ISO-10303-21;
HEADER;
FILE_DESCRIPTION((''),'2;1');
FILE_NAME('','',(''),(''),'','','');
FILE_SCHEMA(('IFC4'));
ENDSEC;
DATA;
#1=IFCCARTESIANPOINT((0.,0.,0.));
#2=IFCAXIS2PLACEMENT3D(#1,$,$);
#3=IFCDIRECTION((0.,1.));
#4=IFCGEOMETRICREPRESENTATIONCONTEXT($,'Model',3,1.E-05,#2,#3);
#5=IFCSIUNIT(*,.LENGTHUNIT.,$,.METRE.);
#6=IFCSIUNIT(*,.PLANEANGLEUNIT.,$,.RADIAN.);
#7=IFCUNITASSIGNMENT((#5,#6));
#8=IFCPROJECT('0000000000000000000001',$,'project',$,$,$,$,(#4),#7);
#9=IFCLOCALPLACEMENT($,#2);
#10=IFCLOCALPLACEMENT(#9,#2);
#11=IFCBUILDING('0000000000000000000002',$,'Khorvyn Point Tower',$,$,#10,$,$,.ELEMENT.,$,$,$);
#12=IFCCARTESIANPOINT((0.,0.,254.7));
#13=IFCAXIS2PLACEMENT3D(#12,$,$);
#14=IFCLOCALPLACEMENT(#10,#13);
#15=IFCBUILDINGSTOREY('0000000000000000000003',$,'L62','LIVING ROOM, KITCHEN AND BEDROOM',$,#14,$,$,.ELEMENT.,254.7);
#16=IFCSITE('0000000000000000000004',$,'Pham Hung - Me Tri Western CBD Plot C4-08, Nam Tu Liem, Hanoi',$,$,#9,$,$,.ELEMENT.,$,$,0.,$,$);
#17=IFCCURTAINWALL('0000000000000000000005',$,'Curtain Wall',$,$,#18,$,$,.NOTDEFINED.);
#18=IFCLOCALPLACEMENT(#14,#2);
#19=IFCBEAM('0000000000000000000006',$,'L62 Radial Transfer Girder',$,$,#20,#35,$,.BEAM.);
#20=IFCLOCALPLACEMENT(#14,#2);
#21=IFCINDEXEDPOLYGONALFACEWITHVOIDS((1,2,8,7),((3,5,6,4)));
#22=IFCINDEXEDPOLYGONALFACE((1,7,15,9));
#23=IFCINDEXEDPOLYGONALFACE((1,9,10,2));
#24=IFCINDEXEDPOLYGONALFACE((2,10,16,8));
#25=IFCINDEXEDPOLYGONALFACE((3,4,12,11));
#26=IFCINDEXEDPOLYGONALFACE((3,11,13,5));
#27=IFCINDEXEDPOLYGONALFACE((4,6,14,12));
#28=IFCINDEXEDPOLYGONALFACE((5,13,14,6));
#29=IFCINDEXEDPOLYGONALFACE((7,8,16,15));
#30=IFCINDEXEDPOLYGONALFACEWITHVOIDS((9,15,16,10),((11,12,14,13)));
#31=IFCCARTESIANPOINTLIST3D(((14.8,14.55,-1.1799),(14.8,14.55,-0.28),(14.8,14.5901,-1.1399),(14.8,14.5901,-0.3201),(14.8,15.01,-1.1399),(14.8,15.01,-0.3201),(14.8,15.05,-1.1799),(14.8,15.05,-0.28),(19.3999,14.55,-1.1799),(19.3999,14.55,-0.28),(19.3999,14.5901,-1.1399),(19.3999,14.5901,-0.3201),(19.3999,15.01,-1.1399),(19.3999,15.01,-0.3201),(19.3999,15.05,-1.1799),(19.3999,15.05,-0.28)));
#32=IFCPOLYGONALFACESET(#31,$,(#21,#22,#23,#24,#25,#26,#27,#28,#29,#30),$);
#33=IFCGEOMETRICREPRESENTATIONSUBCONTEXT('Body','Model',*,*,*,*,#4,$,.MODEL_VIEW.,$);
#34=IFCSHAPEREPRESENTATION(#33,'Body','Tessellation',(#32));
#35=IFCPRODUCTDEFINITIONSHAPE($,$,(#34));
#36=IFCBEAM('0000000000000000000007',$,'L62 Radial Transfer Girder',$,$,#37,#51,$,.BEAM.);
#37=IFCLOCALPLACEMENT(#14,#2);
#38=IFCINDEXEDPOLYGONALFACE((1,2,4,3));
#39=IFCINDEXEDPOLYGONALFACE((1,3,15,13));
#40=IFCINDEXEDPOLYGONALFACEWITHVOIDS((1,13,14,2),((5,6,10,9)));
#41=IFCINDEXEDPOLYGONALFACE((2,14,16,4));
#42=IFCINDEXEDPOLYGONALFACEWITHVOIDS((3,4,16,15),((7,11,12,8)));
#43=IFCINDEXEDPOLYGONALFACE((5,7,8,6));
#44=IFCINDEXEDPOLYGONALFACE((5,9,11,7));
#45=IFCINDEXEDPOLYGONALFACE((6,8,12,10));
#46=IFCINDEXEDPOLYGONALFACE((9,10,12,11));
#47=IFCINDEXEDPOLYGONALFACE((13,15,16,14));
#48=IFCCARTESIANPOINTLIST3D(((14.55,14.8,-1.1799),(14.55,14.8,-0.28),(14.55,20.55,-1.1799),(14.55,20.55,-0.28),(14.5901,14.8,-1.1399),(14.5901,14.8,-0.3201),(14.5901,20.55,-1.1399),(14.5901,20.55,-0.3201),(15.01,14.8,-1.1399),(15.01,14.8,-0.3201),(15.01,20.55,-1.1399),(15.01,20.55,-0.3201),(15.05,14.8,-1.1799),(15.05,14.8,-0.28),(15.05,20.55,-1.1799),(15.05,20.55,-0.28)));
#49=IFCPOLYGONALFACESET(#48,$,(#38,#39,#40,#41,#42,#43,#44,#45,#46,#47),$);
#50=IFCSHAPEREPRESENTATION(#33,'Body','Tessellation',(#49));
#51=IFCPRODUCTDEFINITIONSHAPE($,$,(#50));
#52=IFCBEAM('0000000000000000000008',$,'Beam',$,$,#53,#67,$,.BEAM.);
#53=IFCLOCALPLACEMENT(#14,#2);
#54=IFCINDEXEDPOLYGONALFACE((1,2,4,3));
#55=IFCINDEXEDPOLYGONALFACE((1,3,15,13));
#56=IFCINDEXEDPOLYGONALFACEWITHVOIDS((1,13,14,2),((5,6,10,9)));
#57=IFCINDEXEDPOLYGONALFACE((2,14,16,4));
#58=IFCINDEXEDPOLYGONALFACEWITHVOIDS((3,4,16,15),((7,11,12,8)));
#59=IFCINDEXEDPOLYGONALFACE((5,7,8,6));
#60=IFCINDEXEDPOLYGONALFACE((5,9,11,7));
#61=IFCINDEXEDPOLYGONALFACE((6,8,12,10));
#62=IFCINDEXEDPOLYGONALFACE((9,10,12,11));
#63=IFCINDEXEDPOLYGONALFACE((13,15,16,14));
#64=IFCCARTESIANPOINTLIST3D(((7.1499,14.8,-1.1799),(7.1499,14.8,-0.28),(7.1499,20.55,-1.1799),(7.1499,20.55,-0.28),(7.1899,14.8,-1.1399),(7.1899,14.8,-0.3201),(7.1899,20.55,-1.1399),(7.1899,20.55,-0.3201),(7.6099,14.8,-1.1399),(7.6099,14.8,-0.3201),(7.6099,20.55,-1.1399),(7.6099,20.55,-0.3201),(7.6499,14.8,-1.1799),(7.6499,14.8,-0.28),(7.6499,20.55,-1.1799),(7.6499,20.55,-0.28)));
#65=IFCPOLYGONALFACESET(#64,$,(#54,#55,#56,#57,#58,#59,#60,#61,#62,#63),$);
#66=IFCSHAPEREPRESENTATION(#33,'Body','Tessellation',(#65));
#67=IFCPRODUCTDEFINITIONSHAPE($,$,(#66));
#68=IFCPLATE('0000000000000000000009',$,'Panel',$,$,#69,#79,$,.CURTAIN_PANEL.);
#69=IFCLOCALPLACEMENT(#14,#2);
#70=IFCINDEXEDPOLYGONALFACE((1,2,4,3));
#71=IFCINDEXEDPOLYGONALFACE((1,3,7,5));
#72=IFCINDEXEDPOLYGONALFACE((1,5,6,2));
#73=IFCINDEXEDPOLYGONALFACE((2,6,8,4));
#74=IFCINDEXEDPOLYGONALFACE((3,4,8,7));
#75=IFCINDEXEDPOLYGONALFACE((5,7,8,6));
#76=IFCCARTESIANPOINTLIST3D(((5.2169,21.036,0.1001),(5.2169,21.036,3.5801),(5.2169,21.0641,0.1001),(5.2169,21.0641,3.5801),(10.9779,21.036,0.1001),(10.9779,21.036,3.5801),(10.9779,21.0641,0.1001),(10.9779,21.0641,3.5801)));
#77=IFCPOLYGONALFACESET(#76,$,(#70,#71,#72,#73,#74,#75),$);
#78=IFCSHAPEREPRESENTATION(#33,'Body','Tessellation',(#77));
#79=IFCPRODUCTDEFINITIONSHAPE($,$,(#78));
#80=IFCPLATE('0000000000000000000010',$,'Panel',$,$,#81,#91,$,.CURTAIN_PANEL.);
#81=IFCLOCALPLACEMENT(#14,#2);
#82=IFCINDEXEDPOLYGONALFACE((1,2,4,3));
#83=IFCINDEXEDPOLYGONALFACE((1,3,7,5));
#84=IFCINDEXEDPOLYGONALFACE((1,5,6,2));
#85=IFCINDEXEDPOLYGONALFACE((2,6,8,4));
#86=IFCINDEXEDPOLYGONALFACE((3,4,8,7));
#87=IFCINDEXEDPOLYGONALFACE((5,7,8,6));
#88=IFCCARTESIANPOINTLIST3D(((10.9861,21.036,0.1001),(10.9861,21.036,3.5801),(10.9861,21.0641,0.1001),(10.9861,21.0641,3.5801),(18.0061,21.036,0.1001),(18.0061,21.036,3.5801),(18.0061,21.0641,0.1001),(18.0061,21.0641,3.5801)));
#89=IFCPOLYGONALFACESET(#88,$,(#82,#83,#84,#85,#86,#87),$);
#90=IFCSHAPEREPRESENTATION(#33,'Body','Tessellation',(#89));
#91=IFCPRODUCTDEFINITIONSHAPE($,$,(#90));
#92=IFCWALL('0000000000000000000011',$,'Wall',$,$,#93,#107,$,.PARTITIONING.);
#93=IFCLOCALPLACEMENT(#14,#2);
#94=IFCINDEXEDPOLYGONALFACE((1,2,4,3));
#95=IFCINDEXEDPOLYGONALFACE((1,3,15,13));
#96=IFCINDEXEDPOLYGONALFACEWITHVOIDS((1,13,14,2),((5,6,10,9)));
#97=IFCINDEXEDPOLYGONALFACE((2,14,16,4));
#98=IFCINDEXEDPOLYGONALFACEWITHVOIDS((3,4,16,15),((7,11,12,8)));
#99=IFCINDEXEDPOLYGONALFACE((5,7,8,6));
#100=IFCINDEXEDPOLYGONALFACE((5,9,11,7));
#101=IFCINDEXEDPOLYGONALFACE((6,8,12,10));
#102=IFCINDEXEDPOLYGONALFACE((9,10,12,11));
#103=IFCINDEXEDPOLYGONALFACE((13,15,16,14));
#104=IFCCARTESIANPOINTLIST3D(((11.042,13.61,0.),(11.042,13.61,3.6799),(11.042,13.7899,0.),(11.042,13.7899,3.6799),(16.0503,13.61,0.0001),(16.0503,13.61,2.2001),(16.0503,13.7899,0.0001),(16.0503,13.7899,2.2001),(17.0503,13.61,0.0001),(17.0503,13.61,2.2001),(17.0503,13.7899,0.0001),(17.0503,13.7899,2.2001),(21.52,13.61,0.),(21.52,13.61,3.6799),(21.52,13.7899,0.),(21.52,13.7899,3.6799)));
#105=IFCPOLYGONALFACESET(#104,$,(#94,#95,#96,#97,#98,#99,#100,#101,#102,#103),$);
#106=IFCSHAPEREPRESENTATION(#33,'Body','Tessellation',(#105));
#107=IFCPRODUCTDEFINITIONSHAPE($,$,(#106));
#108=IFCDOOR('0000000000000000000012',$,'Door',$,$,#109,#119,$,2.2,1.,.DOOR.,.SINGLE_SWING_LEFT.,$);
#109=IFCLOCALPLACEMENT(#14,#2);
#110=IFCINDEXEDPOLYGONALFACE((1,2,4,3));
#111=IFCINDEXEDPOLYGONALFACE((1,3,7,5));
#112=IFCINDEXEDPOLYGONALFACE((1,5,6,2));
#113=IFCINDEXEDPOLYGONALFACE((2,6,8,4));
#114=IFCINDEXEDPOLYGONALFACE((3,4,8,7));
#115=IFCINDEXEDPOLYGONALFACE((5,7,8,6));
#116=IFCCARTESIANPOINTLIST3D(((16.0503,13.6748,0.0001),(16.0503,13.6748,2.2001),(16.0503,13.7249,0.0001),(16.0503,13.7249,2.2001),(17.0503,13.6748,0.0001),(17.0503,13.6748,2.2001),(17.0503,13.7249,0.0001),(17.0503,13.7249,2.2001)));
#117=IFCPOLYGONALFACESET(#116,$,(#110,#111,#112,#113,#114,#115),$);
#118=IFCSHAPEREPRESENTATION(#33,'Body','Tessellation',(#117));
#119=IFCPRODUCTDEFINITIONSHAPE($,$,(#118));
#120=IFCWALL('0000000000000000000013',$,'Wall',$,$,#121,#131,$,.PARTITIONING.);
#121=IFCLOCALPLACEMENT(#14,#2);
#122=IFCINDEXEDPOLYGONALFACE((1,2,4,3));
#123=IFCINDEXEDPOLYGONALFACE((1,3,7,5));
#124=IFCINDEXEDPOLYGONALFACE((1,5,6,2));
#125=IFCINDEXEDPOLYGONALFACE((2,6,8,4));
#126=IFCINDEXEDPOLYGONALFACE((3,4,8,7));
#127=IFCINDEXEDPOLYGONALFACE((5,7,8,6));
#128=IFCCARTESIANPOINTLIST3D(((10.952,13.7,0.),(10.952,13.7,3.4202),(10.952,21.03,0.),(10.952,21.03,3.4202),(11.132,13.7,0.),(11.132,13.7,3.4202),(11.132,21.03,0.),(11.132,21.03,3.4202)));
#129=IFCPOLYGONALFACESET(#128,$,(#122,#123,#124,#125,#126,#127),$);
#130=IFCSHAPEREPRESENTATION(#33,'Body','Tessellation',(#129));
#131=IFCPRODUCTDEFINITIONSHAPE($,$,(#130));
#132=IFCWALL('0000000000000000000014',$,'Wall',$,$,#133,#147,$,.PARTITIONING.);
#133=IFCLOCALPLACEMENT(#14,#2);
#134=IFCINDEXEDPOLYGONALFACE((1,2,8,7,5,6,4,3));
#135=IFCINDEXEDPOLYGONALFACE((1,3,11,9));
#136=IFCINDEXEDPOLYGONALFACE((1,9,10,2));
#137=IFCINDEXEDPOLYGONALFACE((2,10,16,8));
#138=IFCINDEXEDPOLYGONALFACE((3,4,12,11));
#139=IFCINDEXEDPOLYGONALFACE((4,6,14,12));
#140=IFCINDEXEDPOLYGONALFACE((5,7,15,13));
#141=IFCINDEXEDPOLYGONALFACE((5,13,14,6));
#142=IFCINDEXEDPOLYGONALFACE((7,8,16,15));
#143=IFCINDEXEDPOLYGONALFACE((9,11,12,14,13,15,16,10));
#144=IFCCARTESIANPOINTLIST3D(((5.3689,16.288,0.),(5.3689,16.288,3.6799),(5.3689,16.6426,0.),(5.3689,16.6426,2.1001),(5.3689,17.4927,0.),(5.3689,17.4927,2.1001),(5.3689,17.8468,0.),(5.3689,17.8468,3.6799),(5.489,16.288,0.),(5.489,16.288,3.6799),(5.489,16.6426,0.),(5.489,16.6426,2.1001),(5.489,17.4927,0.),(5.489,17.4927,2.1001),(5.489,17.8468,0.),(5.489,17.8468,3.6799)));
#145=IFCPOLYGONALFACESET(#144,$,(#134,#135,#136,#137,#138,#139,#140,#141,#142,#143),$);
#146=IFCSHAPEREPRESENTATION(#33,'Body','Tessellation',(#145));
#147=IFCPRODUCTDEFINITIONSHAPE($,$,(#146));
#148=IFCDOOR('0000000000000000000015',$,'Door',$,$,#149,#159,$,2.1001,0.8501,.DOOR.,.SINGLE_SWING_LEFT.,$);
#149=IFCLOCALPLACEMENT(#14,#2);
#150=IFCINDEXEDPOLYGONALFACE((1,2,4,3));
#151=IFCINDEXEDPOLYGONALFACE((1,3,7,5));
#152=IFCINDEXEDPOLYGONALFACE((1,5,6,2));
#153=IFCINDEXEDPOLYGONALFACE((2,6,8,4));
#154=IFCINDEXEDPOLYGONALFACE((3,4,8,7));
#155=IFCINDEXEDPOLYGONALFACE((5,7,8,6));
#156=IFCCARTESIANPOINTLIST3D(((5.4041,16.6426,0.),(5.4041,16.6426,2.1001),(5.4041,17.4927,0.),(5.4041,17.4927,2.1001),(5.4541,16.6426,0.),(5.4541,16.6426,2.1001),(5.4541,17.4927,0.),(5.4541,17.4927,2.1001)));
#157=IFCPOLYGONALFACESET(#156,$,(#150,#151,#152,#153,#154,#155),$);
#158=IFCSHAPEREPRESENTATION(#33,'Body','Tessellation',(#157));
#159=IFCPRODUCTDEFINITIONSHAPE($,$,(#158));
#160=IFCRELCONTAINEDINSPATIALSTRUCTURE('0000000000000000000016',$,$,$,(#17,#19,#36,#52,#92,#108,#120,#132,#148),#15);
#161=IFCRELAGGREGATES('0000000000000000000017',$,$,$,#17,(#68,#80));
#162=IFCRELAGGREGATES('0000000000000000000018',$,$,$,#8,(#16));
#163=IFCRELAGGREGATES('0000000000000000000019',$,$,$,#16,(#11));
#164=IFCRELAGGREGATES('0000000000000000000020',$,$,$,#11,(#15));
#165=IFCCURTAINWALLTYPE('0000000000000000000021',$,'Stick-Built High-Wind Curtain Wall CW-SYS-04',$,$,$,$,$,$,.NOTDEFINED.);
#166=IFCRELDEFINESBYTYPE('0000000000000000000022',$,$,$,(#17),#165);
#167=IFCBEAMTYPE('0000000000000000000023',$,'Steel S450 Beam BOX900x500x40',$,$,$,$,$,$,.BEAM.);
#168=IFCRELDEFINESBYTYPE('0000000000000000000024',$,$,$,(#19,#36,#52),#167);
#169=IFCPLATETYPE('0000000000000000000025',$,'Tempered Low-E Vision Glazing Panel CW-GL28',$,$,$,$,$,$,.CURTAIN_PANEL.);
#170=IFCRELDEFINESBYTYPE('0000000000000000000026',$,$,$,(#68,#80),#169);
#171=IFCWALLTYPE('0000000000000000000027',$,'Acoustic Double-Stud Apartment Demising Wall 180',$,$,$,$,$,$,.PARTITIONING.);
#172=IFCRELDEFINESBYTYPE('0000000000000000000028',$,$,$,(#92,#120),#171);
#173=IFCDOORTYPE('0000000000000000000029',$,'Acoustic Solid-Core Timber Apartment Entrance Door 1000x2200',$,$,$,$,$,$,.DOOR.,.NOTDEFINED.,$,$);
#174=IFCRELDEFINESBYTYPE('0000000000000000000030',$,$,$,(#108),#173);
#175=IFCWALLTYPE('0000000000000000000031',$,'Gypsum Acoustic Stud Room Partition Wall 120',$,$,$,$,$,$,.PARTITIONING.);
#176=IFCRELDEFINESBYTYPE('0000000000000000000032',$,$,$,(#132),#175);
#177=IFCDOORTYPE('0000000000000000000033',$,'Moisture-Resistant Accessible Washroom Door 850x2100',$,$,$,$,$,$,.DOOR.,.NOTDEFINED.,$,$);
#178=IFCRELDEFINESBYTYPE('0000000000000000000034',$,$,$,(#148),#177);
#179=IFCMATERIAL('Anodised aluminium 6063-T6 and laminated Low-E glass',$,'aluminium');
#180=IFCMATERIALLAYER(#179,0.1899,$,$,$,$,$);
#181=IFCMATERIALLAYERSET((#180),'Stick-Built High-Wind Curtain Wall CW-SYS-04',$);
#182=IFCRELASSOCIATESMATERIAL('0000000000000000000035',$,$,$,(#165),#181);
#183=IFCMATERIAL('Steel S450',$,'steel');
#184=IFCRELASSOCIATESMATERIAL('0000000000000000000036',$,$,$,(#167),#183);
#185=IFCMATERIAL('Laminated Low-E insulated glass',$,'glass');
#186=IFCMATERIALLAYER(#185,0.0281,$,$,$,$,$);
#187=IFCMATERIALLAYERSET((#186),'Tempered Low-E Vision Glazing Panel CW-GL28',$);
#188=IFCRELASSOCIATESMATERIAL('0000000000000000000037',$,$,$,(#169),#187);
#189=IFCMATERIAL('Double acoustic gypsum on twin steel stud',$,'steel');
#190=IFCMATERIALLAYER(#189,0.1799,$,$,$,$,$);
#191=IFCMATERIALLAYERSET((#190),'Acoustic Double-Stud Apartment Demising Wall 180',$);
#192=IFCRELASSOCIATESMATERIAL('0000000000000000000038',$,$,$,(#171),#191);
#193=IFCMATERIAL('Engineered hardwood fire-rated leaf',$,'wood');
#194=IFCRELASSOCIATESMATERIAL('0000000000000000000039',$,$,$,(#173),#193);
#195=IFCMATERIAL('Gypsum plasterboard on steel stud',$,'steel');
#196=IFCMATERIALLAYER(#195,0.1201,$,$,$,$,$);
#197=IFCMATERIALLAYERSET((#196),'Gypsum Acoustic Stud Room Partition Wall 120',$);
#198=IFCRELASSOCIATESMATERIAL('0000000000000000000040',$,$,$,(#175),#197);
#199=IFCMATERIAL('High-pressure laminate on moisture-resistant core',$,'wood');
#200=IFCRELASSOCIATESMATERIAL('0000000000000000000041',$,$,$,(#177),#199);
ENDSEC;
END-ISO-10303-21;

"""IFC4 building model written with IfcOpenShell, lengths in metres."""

from ifc_helpers import new_model, si_unit, direction, frame, frame_2d, origin, origin_2d, place, context, subcontext, project, spatial, rectangle, hollow_rectangle, extrude, material, layer, layer_set, material_profile, profile_set, type_object, element, fill, aggregate, save


model = new_model("IFC4")

# Units and contexts
model_context = context("Model", 3, precision=1e-05, world=origin(), true_north=direction((0.0, 1.0)))
body_context = subcontext(model_context, "Body", "Model", "MODEL_VIEW")
ifc_project = project(units=[si_unit("LENGTHUNIT", "METRE"), si_unit("PLANEANGLEUNIT", "RADIAN")], contexts=[model_context])

# Site, building, storey
site_placement = place(None, origin())
site = spatial("IfcSite", under=ifc_project, at=site_placement, Name="Pham Hung - Me Tri Western CBD Plot C4-08, Nam Tu Liem, Hanoi", CompositionType="ELEMENT", RefElevation=0.0)
building_placement = place(site_placement, origin())
building = spatial("IfcBuilding", under=site, at=building_placement, Name="Khorvyn Point Tower", CompositionType="ELEMENT")
storey_placement = place(building_placement, frame((0.0, 0.0, 254.7)))
storey = spatial("IfcBuildingStorey", under=building, at=storey_placement, Name="L62", Description="LIVING ROOM, KITCHEN AND BEDROOM", CompositionType="ELEMENT", Elevation=254.7)

# Curtain wall
ifc_material_1 = material(Name="Anodised aluminium 6063-T6 and laminated Low-E glass", Category="aluminium")
ifc_layer_1 = layer(ifc_material_1, 0.1899)
ifc_layer_set_1 = layer_set([ifc_layer_1], Name="Stick-Built High-Wind Curtain Wall CW-SYS-04")
curtain_wall_type = type_object("IfcCurtainWallType", Name="Stick-Built High-Wind Curtain Wall CW-SYS-04", PredefinedType="NOTDEFINED", material=ifc_layer_set_1)
curtain_wall_placement = place(storey_placement, origin())
curtain_wall = element("IfcCurtainWall", 1, at=curtain_wall_placement, inside=storey, type_object=curtain_wall_type, Name="Curtain Wall", PredefinedType="NOTDEFINED")

# Beams
ifc_material_2 = material(Name="Steel S450", Category="steel")
ifc_material_profile_1 = material_profile(ifc_material_2, hollow_rectangle(XDim=0.5, YDim=0.8999, WallThickness=0.04, at=origin_2d()))
ifc_profile_set_1 = profile_set([ifc_material_profile_1], Name="Steel S450 BOX900x500x40")
beam_type_1 = type_object("IfcBeamType", Name="Steel S450 Beam BOX900x500x40", PredefinedType="BEAM", material=ifc_profile_set_1)
beam_1_placement = place(storey_placement, frame((14.8, 14.8, -0.73), z_axis=(1.0, 0.0, 0.0), x_axis=(0.0, 1.0, 0.0)))
element("IfcBeam", 2, at=beam_1_placement, inside=storey, type_object=beam_type_1, Name="L62 Radial Transfer Girder", PredefinedType="BEAM", context=body_context, shape_type="SweptSolid", body=[
    extrude(hollow_rectangle(XDim=0.5, YDim=0.8999, WallThickness=0.04, at=origin_2d()), origin(), (0.0, 0.0, 1.0), 4.5999),
])
for number, where, z_axis, x_axis, name in (
    (3, (14.8, 14.8, -0.73), (0.0, 1.0, 0.0), (-1.0, 0.0, 0.0), "L62 Radial Transfer Girder"),
    (4, (7.3999, 14.8, -0.73), (0.0, 1.0, 0.0), (-1.0, 0.0, 0.0), "Beam"),
):
    element("IfcBeam", number, at=place(storey_placement, frame(where, z_axis=z_axis, x_axis=x_axis)), inside=storey, type_object=beam_type_1, Name=name, PredefinedType="BEAM", context=body_context, shape_type="SweptSolid", body=[
        extrude(hollow_rectangle(XDim=0.5, YDim=0.8999, WallThickness=0.04, at=origin_2d()), origin(), (0.0, 0.0, 1.0), 5.75),
    ])

# Plates
ifc_material_3 = material(Name="Laminated Low-E insulated glass", Category="glass")
ifc_layer_2 = layer(ifc_material_3, 0.0281)
ifc_layer_set_2 = layer_set([ifc_layer_2], Name="Tempered Low-E Vision Glazing Panel CW-GL28")
plate_type = type_object("IfcPlateType", Name="Tempered Low-E Vision Glazing Panel CW-GL28", PredefinedType="CURTAIN_PANEL", material=ifc_layer_set_2)
plate_1_placement = place(storey_placement, frame((8.0974, 21.05, 0.1001), z_axis=(0.0, 0.0, 1.0), x_axis=(1.0, 0.0, 0.0)))
plate_1 = element("IfcPlate", 5, at=plate_1_placement, type_object=plate_type, Name="Panel", PredefinedType="CURTAIN_PANEL", context=body_context, shape_type="SweptSolid", body=[
    extrude(rectangle(XDim=5.761, YDim=0.0281, at=origin_2d()), origin(), (0.0, 0.0, 1.0), 3.48),
])
plate_2_placement = place(storey_placement, frame((14.4961, 21.05, 0.1001), z_axis=(0.0, 0.0, 1.0), x_axis=(1.0, 0.0, 0.0)))
plate_2 = element("IfcPlate", 6, at=plate_2_placement, type_object=plate_type, Name="Panel", PredefinedType="CURTAIN_PANEL", context=body_context, shape_type="SweptSolid", body=[
    extrude(rectangle(XDim=7.02, YDim=0.0281, at=origin_2d()), origin(), (0.0, 0.0, 1.0), 3.48),
])
aggregate(curtain_wall, [plate_1, plate_2])

# Wall, opening, door
ifc_material_4 = material(Name="Double acoustic gypsum on twin steel stud", Category="steel")
ifc_layer_3 = layer(ifc_material_4, 0.1799)
ifc_layer_set_3 = layer_set([ifc_layer_3], Name="Acoustic Double-Stud Apartment Demising Wall 180")
wall_type_1 = type_object("IfcWallType", Name="Acoustic Double-Stud Apartment Demising Wall 180", PredefinedType="PARTITIONING", material=ifc_layer_set_3)
wall_1_placement = place(storey_placement, frame((11.042, 13.7, 0.0), z_axis=(0.0, 0.0, 1.0), x_axis=(1.0, 0.0, 0.0)))
wall_1 = element("IfcWall", 7, at=wall_1_placement, inside=storey, type_object=wall_type_1, Name="Wall", PredefinedType="PARTITIONING", context=body_context, shape_type="SweptSolid", body=[
    extrude(rectangle(XDim=10.478, YDim=0.1799, at=frame_2d((5.239, 0.0))), origin(), (0.0, 0.0, 1.0), 3.6799),
])
opening_1_placement = place(wall_1_placement, frame((5.0083, 0.0, 0.0)))
opening_1 = element("IfcOpeningElement", 8, at=opening_1_placement, cuts=wall_1, PredefinedType="OPENING", context=body_context, shape_type="SweptSolid", body=[
    extrude(rectangle(XDim=1.0, YDim=2.2, at=frame_2d((0.5, 1.1001))), frame((0.0, 0.0999, 0.0), z_axis=(0.0, -1.0, 0.0), x_axis=(1.0, 0.0, 0.0)), (0.0, 0.0, 1.0), 0.2),
])
ifc_material_5 = material(Name="Engineered hardwood fire-rated leaf", Category="wood")
door_type_1 = type_object("IfcDoorType", Name="Acoustic Solid-Core Timber Apartment Entrance Door 1000x2200", OperationType="NOTDEFINED", PredefinedType="DOOR", material=ifc_material_5)
door_1_placement = place(opening_1_placement, origin())
door_1 = element("IfcDoor", 9, at=door_1_placement, inside=storey, type_object=door_type_1, Name="Door", OperationType="SINGLE_SWING_LEFT", OverallHeight=2.2, OverallWidth=1.0, PredefinedType="DOOR", context=body_context, shape_type="SweptSolid", body=[
    extrude(rectangle(XDim=1.0, YDim=2.2, at=frame_2d((0.5, 1.1001))), frame((0.0, 0.0249, 0.0), z_axis=(0.0, -1.0, 0.0), x_axis=(1.0, 0.0, 0.0)), (0.0, 0.0, 1.0), 0.05),
])
fill(opening_1, door_1)

# Wall
wall_2_placement = place(storey_placement, frame((11.042, 13.7, 0.0), z_axis=(0.0, 0.0, 1.0), x_axis=(0.0, 1.0, 0.0)))
element("IfcWall", 10, at=wall_2_placement, inside=storey, type_object=wall_type_1, Name="Wall", PredefinedType="PARTITIONING", context=body_context, shape_type="SweptSolid", body=[
    extrude(rectangle(XDim=7.3301, YDim=0.1799, at=frame_2d((3.665, 0.0))), origin(), (0.0, 0.0, 1.0), 3.4202),
])

# Wall, opening, door
ifc_material_6 = material(Name="Gypsum plasterboard on steel stud", Category="steel")
ifc_layer_4 = layer(ifc_material_6, 0.1201)
ifc_layer_set_4 = layer_set([ifc_layer_4], Name="Gypsum Acoustic Stud Room Partition Wall 120")
wall_type_2 = type_object("IfcWallType", Name="Gypsum Acoustic Stud Room Partition Wall 120", PredefinedType="PARTITIONING", material=ifc_layer_set_4)
wall_3_placement = place(storey_placement, frame((5.429, 16.2881, 0.0), z_axis=(0.0, 0.0, 1.0), x_axis=(0.0, 1.0, 0.0)))
wall_3 = element("IfcWall", 11, at=wall_3_placement, inside=storey, type_object=wall_type_2, Name="Wall", PredefinedType="PARTITIONING", context=body_context, shape_type="SweptSolid", body=[
    extrude(rectangle(XDim=1.5588, YDim=0.1201, at=frame_2d((0.7793, 0.0))), origin(), (0.0, 0.0, 1.0), 3.6799),
])
opening_2_placement = place(wall_3_placement, frame((0.3545, 0.0, 0.0)))
opening_2 = element("IfcOpeningElement", 12, at=opening_2_placement, cuts=wall_3, PredefinedType="OPENING", context=body_context, shape_type="SweptSolid", body=[
    extrude(rectangle(XDim=0.8501, YDim=2.1001, at=frame_2d((0.425, 1.05))), frame((0.0, 0.0701, 0.0), z_axis=(0.0, -1.0, 0.0), x_axis=(1.0, 0.0, 0.0)), (0.0, 0.0, 1.0), 0.1401),
])
ifc_material_7 = material(Name="High-pressure laminate on moisture-resistant core", Category="wood")
door_type_2 = type_object("IfcDoorType", Name="Moisture-Resistant Accessible Washroom Door 850x2100", OperationType="NOTDEFINED", PredefinedType="DOOR", material=ifc_material_7)
door_2_placement = place(opening_2_placement, origin())
door_2 = element("IfcDoor", 13, at=door_2_placement, inside=storey, type_object=door_type_2, Name="Door", OperationType="SINGLE_SWING_LEFT", OverallHeight=2.1001, OverallWidth=0.8501, PredefinedType="DOOR", context=body_context, shape_type="SweptSolid", body=[
    extrude(rectangle(XDim=0.8501, YDim=2.1001, at=frame_2d((0.425, 1.05))), frame((0.0, 0.0249, 0.0), z_axis=(0.0, -1.0, 0.0), x_axis=(1.0, 0.0, 0.0)), (0.0, 0.0, 1.0), 0.05),
])
fill(opening_2, door_2)

save(model, "model.ifc")
